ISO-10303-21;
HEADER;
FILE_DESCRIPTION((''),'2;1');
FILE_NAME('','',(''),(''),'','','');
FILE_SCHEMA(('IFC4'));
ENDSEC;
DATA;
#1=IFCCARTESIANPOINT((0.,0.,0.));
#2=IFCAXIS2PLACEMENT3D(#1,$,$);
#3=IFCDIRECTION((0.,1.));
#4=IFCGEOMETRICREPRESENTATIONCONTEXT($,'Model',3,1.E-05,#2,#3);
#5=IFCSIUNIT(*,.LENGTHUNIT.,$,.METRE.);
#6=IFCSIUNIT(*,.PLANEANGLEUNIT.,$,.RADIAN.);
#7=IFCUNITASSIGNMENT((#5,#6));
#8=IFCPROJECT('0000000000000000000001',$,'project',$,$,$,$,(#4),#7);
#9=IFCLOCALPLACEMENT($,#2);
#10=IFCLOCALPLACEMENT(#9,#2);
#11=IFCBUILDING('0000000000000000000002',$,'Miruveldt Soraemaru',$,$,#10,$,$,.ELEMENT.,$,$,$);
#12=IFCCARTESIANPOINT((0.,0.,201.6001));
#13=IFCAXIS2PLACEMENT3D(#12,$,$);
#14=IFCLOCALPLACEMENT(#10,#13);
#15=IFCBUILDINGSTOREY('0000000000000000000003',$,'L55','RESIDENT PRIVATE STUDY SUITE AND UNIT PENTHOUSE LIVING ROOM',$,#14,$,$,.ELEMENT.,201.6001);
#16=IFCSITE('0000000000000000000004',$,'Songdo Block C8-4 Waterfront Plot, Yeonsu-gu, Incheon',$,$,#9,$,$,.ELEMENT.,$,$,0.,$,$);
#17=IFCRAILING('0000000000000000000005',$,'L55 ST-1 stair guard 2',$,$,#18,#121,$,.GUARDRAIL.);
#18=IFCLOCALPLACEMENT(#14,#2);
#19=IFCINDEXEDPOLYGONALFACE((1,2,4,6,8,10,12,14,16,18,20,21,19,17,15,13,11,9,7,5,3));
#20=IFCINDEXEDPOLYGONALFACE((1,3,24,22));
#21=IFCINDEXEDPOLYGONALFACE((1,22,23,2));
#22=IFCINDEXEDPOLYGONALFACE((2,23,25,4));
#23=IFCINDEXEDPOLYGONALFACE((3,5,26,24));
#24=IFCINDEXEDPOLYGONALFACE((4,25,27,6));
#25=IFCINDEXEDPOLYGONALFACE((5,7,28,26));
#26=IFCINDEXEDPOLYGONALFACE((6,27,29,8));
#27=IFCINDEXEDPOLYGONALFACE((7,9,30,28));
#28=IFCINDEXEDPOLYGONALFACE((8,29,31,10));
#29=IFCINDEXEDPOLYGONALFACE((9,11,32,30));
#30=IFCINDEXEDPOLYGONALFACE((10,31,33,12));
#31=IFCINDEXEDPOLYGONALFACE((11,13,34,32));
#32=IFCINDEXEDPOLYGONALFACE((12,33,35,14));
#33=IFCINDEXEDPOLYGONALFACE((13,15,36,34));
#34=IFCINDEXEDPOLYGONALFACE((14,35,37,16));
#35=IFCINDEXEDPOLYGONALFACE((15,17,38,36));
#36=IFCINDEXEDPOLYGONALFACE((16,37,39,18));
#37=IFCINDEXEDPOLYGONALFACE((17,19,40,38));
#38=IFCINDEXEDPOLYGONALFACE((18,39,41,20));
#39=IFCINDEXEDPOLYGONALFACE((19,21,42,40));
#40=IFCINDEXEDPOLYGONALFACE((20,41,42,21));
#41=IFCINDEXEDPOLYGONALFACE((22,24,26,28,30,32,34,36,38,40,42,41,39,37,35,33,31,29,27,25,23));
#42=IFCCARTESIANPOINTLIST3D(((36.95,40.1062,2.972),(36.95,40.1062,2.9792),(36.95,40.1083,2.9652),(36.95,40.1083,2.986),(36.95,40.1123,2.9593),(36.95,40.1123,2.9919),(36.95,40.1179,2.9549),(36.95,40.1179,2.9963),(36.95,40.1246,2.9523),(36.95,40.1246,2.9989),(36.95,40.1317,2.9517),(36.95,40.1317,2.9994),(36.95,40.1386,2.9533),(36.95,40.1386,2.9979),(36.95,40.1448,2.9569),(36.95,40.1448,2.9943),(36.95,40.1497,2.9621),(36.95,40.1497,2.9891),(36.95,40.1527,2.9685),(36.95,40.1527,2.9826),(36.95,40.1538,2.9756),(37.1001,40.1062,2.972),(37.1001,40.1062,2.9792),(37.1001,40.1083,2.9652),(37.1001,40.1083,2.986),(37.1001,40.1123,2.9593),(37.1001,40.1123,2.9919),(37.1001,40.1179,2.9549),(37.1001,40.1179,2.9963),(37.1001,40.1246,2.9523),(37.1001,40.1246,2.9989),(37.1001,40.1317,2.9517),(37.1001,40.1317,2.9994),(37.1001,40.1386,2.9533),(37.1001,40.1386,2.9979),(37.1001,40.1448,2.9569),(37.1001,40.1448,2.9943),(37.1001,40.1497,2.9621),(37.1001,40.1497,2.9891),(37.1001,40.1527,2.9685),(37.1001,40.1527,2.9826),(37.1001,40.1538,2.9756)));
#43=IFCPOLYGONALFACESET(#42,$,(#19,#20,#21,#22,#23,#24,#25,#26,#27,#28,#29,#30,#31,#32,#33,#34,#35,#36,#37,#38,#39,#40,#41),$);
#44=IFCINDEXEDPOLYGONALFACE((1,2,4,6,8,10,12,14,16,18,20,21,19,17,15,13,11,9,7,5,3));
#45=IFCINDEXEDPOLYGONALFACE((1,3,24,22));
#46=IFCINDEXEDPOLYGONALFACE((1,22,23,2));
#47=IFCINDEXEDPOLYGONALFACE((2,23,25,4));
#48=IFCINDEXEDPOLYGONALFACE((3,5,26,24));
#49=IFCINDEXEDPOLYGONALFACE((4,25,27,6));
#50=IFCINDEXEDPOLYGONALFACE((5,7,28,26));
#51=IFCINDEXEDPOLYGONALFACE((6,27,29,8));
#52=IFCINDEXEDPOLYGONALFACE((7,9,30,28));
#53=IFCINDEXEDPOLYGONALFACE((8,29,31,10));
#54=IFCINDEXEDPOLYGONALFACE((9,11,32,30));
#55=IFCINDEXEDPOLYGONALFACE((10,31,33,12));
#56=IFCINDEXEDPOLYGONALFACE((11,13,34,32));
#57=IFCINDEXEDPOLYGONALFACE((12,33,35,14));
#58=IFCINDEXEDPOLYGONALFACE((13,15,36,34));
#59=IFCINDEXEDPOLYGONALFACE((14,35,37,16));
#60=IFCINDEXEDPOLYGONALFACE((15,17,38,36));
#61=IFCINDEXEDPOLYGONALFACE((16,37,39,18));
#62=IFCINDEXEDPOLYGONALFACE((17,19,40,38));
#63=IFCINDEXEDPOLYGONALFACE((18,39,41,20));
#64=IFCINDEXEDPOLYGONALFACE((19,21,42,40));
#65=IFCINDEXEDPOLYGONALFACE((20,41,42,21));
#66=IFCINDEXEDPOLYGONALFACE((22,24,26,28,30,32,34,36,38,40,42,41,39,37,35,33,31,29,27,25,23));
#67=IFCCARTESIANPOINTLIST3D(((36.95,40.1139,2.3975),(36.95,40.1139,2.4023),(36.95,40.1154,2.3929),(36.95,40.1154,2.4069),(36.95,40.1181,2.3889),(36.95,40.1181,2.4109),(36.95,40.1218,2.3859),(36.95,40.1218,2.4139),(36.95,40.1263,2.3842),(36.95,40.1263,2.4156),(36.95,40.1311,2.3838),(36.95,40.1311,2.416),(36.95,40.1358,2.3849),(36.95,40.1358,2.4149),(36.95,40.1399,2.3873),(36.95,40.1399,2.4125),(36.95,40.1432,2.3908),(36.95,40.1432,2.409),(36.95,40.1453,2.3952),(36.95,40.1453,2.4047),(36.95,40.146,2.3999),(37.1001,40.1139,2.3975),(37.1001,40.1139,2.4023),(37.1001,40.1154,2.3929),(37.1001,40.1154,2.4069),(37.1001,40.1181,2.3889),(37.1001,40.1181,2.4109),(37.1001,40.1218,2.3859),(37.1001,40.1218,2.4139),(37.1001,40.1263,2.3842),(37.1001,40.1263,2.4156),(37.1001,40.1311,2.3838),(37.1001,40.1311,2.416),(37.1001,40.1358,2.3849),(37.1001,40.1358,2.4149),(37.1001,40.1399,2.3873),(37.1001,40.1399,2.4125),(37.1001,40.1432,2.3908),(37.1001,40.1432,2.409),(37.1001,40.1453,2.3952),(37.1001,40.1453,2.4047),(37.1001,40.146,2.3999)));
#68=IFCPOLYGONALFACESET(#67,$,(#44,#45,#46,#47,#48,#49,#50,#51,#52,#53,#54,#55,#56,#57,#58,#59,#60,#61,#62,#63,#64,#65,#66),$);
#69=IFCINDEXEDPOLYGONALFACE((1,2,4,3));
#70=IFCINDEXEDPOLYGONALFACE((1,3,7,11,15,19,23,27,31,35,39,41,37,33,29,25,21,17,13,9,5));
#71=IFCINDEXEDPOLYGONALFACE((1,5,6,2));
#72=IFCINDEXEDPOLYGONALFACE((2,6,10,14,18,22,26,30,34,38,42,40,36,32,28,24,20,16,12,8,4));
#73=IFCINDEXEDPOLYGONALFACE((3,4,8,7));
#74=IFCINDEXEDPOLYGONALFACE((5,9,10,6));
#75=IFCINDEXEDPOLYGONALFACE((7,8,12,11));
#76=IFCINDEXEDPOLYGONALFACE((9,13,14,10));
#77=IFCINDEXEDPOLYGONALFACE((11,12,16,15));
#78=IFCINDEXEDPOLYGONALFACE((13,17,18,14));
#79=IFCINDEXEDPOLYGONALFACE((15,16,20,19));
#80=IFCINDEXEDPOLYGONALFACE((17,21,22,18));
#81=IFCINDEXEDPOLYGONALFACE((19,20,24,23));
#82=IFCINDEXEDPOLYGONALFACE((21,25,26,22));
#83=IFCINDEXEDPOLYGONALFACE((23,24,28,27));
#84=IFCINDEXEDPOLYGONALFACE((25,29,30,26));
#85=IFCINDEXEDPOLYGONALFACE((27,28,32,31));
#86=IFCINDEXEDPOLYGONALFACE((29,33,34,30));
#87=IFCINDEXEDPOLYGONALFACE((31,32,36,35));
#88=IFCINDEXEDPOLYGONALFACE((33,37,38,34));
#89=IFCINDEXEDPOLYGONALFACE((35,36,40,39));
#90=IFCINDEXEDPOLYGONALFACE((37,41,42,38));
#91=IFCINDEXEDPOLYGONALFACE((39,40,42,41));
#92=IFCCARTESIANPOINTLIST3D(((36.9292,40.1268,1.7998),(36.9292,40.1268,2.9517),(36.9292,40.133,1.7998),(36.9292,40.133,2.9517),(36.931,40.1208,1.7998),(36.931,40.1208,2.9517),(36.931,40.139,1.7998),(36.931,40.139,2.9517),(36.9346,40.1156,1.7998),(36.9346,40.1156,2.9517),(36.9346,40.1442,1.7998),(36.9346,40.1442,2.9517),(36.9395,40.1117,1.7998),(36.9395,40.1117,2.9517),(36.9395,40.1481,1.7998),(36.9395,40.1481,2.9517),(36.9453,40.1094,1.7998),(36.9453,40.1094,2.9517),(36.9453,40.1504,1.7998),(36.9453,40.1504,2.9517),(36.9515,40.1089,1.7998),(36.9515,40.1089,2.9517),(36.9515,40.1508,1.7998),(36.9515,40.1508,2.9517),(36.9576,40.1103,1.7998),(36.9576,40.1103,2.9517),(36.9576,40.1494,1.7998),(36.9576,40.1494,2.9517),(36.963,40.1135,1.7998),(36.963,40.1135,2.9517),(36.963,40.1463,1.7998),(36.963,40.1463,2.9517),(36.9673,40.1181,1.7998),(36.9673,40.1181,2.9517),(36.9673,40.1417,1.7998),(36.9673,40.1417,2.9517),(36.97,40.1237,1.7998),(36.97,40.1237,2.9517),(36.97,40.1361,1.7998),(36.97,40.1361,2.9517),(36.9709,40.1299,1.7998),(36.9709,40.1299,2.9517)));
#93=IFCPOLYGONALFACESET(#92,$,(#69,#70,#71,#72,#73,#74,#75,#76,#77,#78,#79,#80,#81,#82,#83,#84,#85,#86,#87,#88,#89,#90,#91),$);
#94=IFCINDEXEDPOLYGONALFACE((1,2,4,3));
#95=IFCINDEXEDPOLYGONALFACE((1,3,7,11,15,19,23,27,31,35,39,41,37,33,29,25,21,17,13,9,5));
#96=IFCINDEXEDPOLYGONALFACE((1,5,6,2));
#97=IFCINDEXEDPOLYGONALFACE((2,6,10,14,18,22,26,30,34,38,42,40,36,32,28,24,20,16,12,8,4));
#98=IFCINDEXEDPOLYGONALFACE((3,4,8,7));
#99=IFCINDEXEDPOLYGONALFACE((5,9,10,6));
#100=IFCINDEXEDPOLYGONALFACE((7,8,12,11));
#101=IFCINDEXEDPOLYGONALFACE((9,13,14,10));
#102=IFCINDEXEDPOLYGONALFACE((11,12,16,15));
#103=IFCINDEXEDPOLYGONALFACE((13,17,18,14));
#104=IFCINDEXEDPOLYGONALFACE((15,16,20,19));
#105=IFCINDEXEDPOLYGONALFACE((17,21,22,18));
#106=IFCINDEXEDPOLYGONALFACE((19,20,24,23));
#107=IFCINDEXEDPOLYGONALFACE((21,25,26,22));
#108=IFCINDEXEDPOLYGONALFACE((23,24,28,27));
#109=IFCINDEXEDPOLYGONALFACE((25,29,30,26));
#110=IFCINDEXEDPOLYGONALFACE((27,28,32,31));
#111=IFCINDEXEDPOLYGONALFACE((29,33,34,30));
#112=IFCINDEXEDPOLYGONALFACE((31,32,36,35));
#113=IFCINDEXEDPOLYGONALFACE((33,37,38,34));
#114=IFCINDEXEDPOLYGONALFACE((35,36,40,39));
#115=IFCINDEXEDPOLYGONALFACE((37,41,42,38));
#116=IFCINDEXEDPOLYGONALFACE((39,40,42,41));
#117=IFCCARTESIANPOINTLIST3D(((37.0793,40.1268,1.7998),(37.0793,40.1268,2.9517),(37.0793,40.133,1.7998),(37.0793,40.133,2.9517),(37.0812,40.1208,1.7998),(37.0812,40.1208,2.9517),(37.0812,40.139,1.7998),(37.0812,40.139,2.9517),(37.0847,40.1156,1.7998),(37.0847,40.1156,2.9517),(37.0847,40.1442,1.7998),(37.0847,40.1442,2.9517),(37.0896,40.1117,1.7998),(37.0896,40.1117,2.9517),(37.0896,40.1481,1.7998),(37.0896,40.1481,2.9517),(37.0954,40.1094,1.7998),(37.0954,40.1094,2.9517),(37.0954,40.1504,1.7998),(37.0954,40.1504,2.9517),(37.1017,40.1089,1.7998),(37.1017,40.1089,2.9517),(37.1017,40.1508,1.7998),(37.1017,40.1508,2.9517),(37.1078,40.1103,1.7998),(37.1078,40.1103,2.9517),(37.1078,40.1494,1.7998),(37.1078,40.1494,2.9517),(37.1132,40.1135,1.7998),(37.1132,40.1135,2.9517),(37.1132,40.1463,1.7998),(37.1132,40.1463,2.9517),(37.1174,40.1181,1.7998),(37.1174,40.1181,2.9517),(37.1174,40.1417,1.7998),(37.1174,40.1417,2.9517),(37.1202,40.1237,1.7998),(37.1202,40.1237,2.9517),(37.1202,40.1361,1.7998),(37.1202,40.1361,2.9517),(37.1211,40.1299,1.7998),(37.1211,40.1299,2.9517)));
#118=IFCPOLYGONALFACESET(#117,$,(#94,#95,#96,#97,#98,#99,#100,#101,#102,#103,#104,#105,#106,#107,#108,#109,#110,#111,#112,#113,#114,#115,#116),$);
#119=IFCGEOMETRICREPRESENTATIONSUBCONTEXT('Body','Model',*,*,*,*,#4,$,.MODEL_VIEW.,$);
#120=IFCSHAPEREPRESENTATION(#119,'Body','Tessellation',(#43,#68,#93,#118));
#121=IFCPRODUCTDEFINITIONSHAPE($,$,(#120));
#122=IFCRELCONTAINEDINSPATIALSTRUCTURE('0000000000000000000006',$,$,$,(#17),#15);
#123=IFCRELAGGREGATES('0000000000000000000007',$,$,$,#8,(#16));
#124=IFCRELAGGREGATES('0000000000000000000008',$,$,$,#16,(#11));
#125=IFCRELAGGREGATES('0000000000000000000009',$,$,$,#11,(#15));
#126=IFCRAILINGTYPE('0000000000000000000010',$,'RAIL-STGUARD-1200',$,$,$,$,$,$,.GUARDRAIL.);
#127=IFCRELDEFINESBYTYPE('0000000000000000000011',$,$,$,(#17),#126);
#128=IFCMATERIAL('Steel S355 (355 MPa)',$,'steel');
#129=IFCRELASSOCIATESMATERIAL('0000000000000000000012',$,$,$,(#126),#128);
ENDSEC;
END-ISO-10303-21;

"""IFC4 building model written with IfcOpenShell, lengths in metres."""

from ifc_helpers import new_model, si_unit, direction, frame, origin, origin_2d, place, context, subcontext, project, spatial, circle, extrude, material, type_object, element, save


model = new_model("IFC4")

# Units and contexts
model_context = context("Model", 3, precision=1e-05, world=origin(), true_north=direction((0.0, 1.0)))
body_context = subcontext(model_context, "Body", "Model", "MODEL_VIEW")
ifc_project = project(units=[si_unit("LENGTHUNIT", "METRE"), si_unit("PLANEANGLEUNIT", "RADIAN")], contexts=[model_context])

# Site, building, storey
site_placement = place(None, origin())
site = spatial("IfcSite", under=ifc_project, at=site_placement, Name="Songdo Block C8-4 Waterfront Plot, Yeonsu-gu, Incheon", CompositionType="ELEMENT", RefElevation=0.0)
building_placement = place(site_placement, origin())
building = spatial("IfcBuilding", under=site, at=building_placement, Name="Miruveldt Soraemaru", CompositionType="ELEMENT")
storey_placement = place(building_placement, frame((0.0, 0.0, 201.6001)))
storey = spatial("IfcBuildingStorey", under=building, at=storey_placement, Name="L55", Description="RESIDENT PRIVATE STUDY SUITE AND UNIT PENTHOUSE LIVING ROOM", CompositionType="ELEMENT", Elevation=201.6001)

# Railing
ifc_material_1 = material(Name="Steel S355 (355 MPa)", Category="steel")
railing_type_1 = type_object("IfcRailingType", Name="RAIL-STGUARD-1200", PredefinedType="GUARDRAIL", material=ifc_material_1)
railing_1_placement = place(storey_placement, frame((36.95, 40.1299, 1.7998)))
element("IfcRailing", 1, at=railing_1_placement, inside=storey, type_object=railing_type_1, Name="L55 ST-1 stair guard 2", PredefinedType="GUARDRAIL", context=body_context, shape_type="SweptSolid", body=[
    extrude(circle(Radius=0.0239, at=origin_2d()), frame((0.0, 0.0, 1.1758), z_axis=(1.0, 0.0, 0.0), x_axis=(0.0, 1.0, 0.0)), (0.0, 0.0, 1.0), 0.1501),
    extrude(circle(Radius=0.0161, at=origin_2d()), frame((0.0, 0.0, 0.6001), z_axis=(1.0, 0.0, 0.0), x_axis=(0.0, 1.0, 0.0)), (0.0, 0.0, 1.0), 0.1501),
    extrude(circle(Radius=0.021, at=origin_2d()), origin(), (0.0, 0.0, 1.0), 1.1519),
    extrude(circle(Radius=0.021, at=origin_2d()), frame((0.1501, 0.0, 0.0)), (0.0, 0.0, 1.0), 1.1519),
])

save(model, "model.ifc")
